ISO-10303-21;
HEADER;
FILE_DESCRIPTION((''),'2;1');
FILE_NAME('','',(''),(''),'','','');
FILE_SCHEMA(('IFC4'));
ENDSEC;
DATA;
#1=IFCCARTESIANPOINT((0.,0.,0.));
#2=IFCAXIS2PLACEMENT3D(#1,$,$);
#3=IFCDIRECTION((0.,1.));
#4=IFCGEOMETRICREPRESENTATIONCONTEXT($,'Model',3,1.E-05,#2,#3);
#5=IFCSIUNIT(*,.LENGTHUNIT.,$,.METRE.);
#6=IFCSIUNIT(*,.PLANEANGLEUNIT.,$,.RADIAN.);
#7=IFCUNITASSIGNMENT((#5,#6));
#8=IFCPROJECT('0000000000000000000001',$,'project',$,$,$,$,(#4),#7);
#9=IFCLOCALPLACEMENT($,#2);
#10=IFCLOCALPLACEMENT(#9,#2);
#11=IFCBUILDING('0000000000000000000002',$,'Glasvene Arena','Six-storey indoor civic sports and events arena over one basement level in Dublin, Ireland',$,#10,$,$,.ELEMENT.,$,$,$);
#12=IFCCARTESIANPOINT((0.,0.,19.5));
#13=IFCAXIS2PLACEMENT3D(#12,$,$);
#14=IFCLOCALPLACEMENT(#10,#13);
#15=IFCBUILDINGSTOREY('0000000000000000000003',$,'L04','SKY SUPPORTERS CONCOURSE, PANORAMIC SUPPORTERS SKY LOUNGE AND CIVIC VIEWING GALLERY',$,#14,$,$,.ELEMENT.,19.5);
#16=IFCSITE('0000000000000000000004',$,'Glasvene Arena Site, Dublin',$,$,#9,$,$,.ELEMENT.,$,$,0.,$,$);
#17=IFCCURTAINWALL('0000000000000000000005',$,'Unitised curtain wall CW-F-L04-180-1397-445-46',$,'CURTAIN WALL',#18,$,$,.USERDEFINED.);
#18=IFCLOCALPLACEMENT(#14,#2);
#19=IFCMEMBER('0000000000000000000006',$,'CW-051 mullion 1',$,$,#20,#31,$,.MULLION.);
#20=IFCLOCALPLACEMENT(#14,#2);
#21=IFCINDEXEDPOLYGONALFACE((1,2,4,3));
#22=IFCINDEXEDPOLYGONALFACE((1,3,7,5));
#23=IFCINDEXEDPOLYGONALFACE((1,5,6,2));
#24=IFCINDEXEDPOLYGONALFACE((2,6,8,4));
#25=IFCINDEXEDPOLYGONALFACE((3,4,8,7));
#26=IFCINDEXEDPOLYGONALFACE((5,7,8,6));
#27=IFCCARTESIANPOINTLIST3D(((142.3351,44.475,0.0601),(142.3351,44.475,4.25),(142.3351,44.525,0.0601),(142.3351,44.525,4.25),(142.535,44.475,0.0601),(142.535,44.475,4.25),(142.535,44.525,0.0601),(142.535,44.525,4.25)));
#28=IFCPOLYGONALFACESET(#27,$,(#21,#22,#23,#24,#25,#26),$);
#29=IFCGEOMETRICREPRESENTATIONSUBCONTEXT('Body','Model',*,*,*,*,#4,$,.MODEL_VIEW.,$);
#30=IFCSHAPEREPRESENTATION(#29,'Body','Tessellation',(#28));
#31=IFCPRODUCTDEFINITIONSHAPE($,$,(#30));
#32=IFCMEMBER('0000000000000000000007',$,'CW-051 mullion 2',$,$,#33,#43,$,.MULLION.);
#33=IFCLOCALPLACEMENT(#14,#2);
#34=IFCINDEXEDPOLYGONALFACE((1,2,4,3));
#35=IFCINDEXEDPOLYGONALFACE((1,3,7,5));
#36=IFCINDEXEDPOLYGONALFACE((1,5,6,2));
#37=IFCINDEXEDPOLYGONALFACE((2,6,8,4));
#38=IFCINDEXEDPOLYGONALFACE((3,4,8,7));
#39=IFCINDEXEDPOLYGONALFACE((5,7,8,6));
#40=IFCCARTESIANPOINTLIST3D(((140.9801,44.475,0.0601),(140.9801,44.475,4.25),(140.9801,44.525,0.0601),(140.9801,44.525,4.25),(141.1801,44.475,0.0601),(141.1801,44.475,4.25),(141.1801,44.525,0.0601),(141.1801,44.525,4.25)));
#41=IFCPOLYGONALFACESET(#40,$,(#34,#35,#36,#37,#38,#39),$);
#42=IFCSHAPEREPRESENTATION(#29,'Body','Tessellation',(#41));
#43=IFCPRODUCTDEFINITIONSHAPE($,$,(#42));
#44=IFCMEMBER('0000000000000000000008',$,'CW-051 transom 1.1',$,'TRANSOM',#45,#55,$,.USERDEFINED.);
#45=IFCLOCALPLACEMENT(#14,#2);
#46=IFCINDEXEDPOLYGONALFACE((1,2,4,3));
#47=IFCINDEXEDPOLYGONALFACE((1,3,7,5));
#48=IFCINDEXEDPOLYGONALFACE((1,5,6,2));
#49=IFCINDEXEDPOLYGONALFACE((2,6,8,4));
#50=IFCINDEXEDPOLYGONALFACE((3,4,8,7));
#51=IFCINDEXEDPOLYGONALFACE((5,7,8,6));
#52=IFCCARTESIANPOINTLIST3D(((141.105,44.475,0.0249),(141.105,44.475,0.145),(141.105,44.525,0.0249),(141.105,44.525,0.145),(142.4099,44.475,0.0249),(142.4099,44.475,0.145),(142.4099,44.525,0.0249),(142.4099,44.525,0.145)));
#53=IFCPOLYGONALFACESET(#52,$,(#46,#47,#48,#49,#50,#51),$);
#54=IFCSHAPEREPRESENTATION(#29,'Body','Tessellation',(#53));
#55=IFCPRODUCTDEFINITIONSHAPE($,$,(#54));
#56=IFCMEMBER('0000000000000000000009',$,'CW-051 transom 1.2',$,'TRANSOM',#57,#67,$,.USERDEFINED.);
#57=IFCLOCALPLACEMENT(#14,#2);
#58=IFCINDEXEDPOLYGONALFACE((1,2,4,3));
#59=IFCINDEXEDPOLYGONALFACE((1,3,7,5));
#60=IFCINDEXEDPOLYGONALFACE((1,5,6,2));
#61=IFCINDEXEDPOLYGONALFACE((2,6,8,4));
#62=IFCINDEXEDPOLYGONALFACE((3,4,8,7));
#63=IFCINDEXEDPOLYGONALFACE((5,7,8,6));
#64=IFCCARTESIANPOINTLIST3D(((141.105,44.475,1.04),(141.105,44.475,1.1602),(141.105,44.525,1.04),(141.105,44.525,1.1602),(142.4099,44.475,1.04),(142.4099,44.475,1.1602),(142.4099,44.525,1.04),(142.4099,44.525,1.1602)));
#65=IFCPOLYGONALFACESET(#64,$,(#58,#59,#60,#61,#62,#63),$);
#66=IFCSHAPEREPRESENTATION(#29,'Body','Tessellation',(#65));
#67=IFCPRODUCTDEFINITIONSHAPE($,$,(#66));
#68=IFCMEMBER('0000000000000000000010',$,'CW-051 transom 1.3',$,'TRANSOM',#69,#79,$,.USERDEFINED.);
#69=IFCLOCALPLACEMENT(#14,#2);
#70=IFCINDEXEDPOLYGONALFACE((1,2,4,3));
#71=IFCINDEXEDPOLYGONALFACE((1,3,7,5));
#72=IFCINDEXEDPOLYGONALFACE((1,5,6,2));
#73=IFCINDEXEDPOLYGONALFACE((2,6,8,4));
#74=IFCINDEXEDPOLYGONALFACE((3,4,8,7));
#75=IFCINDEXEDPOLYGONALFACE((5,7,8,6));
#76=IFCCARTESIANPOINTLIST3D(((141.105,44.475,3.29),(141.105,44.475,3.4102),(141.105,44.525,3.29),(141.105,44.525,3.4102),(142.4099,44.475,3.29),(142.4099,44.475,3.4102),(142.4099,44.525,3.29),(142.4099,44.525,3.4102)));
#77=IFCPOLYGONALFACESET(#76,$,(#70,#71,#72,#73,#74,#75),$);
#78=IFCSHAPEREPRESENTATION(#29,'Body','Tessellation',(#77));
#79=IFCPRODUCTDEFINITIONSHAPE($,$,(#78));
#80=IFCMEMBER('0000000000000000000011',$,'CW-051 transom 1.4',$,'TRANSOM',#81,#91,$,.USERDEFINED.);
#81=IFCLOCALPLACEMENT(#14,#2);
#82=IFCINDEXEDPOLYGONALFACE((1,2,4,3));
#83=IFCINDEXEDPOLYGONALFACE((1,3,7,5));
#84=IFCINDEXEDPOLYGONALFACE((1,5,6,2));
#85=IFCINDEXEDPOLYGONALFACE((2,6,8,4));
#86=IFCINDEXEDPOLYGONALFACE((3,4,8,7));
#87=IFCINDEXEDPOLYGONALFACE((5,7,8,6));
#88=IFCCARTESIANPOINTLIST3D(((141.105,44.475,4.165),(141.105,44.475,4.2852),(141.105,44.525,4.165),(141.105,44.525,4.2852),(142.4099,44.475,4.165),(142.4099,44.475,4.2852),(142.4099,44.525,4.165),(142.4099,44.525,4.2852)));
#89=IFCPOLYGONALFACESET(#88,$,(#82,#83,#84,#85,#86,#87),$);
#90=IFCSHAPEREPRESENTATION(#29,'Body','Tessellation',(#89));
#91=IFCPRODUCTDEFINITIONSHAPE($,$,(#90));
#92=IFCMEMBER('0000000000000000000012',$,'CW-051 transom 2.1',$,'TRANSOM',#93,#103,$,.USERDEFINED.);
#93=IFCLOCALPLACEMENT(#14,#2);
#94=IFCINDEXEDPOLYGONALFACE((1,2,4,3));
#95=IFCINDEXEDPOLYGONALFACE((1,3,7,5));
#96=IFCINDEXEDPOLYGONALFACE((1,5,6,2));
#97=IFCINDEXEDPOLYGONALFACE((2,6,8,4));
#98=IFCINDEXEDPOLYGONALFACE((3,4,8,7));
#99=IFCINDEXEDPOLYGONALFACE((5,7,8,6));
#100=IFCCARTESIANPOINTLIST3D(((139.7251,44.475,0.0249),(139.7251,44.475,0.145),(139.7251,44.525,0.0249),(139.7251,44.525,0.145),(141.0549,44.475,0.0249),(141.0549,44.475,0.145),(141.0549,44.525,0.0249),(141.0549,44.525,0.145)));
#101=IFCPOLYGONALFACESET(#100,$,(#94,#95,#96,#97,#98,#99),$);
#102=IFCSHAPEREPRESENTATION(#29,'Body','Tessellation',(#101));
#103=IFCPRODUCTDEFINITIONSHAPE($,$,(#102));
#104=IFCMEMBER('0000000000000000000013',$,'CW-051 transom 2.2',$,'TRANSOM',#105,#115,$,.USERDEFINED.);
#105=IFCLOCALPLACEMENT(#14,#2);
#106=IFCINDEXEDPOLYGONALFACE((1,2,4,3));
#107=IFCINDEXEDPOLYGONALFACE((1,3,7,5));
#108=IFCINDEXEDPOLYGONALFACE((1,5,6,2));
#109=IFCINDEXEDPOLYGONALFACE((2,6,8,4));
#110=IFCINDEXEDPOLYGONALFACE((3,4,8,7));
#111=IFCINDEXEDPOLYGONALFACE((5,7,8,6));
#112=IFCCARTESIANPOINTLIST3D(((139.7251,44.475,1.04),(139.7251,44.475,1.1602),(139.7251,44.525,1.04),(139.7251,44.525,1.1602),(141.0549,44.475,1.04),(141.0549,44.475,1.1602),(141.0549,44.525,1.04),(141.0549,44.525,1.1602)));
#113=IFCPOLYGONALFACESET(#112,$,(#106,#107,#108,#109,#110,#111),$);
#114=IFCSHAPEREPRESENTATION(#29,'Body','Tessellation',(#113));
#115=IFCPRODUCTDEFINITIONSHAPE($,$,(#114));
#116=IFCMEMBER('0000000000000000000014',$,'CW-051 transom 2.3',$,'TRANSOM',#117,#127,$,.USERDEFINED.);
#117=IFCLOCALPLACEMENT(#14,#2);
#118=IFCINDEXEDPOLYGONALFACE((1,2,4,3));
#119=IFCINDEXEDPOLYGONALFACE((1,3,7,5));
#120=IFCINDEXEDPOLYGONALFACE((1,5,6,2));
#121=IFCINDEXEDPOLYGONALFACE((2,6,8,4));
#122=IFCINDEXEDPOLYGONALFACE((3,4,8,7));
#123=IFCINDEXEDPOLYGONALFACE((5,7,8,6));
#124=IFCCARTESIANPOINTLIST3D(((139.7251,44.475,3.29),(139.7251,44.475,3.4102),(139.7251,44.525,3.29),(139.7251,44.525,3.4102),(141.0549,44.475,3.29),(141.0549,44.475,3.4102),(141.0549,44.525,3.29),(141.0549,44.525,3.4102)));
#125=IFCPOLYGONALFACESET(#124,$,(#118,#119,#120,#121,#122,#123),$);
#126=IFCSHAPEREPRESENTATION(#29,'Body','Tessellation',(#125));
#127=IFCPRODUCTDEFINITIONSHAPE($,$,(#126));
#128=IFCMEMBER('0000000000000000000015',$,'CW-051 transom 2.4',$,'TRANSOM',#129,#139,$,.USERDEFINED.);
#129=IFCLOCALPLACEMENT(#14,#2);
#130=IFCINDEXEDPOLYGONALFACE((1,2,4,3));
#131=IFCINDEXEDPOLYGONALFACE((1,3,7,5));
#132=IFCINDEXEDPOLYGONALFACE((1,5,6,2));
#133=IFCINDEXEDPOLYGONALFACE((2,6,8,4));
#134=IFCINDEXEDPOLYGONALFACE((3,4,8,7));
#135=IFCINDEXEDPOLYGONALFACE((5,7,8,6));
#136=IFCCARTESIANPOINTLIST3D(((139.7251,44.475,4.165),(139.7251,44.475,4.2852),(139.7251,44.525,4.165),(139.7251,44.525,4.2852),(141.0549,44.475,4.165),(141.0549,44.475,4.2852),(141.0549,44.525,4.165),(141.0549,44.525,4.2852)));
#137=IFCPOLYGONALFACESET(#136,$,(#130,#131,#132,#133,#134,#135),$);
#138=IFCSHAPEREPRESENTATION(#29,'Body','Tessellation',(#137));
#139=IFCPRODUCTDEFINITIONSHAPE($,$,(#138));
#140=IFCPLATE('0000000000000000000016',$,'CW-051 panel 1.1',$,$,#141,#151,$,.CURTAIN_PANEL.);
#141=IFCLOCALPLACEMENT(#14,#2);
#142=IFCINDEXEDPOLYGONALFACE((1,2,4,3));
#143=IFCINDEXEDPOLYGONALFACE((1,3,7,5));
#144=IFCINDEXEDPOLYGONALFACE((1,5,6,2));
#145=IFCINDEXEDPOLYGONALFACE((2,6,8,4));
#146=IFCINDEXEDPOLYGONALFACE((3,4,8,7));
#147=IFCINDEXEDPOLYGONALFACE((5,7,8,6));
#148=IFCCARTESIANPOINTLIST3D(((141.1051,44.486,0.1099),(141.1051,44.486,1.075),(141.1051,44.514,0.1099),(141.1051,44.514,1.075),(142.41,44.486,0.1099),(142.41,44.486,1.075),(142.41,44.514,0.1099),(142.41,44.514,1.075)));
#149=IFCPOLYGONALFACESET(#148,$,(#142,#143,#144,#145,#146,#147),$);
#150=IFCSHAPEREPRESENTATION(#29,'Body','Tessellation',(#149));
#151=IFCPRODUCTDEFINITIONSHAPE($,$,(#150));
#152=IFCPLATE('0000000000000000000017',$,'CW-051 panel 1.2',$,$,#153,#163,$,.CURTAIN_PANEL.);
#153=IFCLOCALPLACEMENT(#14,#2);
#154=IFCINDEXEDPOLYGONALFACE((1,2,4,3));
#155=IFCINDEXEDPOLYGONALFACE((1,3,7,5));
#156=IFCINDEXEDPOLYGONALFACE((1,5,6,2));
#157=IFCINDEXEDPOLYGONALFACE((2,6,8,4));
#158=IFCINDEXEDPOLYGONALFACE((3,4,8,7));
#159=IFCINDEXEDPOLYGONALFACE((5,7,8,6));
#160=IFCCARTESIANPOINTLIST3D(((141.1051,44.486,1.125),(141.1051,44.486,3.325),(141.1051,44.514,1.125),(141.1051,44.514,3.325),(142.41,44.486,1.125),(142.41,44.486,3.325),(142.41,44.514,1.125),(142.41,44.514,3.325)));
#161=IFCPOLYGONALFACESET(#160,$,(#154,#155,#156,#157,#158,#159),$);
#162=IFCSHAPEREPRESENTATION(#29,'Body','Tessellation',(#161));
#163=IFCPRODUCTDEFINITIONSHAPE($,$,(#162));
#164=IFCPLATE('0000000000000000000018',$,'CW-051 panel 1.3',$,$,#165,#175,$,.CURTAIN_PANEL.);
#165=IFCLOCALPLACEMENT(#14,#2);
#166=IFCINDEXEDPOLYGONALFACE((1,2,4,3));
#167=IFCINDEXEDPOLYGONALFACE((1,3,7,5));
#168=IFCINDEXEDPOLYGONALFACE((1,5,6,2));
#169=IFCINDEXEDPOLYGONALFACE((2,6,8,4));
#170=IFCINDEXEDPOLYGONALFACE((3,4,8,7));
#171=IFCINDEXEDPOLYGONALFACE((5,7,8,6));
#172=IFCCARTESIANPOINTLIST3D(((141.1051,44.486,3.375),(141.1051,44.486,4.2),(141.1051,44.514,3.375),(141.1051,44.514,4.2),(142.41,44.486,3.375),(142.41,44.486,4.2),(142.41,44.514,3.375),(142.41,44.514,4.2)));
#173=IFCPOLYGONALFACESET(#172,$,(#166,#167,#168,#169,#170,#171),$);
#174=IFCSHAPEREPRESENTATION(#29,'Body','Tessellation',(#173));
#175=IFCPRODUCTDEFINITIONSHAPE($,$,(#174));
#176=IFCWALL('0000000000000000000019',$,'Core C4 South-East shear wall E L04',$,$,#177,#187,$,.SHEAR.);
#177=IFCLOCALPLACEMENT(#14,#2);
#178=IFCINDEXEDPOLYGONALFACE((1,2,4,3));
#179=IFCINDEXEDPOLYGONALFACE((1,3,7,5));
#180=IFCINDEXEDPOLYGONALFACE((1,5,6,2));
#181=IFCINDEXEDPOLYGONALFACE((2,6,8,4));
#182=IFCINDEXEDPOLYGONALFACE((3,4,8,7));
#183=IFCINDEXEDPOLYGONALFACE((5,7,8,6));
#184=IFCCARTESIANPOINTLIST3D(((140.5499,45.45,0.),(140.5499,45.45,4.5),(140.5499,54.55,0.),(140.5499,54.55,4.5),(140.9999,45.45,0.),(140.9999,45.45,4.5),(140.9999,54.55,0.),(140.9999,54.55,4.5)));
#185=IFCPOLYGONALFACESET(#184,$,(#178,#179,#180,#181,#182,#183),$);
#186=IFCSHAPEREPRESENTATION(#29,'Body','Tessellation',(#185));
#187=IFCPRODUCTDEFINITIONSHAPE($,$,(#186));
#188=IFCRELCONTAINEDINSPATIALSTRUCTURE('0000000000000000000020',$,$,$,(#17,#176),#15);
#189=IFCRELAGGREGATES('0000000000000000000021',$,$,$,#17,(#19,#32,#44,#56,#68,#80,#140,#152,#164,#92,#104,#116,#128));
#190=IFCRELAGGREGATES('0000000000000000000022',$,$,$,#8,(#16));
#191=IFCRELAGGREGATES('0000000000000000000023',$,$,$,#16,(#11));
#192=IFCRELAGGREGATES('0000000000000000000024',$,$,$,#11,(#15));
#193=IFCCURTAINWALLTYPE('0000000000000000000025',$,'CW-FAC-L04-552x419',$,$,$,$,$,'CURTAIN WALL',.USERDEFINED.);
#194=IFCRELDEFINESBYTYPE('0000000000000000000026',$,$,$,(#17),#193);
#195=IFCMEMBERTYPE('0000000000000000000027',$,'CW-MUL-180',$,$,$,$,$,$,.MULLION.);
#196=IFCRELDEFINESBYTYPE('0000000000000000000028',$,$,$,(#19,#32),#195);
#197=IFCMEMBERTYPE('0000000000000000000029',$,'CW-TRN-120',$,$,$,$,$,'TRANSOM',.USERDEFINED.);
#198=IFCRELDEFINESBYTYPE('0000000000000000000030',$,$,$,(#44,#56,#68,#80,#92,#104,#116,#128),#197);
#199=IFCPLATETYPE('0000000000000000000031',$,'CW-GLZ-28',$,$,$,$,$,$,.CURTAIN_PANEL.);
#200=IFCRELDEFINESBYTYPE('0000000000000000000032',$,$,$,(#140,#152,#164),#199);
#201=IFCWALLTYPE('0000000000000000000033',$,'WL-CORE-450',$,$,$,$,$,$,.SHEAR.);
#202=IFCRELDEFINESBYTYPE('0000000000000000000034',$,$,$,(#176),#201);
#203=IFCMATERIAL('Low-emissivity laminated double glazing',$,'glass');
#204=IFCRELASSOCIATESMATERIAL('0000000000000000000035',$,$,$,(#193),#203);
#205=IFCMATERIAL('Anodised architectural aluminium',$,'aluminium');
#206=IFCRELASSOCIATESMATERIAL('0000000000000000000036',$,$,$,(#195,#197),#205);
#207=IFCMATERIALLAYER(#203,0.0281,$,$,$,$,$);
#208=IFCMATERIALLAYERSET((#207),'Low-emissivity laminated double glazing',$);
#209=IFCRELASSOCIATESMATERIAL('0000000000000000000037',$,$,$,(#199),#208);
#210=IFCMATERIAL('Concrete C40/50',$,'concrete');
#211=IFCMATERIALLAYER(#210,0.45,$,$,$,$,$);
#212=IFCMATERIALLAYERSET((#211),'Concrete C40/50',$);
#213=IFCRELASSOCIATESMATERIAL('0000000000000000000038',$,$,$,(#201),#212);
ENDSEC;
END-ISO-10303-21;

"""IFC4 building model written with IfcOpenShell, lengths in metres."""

from ifc_helpers import new_model, si_unit, direction, frame, frame_2d, origin, origin_2d, place, context, subcontext, project, spatial, rectangle, extrude, material, layer, layer_set, material_profile, profile_set, type_object, element, aggregate, save


model = new_model("IFC4")

# Units and contexts
model_context = context("Model", 3, precision=1e-05, world=origin(), true_north=direction((0.0, 1.0)))
body_context = subcontext(model_context, "Body", "Model", "MODEL_VIEW")
ifc_project = project(units=[si_unit("LENGTHUNIT", "METRE"), si_unit("PLANEANGLEUNIT", "RADIAN")], contexts=[model_context])

# Site, building, storey
site_placement = place(None, origin())
site = spatial("IfcSite", under=ifc_project, at=site_placement, Name="Glasvene Arena Site, Dublin", CompositionType="ELEMENT", RefElevation=0.0)
building_placement = place(site_placement, origin())
building = spatial("IfcBuilding", under=site, at=building_placement, Name="Glasvene Arena", Description="Six-storey indoor civic sports and events arena over one basement level in Dublin, Ireland", CompositionType="ELEMENT")
storey_placement = place(building_placement, frame((0.0, 0.0, 19.5)))
storey = spatial("IfcBuildingStorey", under=building, at=storey_placement, Name="L04", Description="SKY SUPPORTERS CONCOURSE, PANORAMIC SUPPORTERS SKY LOUNGE AND CIVIC VIEWING GALLERY", CompositionType="ELEMENT", Elevation=19.5)

# Curtain wall, members, plates
ifc_material_1 = material(Name="Low-emissivity laminated double glazing", Category="glass")
curtain_wall_type = type_object("IfcCurtainWallType", Name="CW-FAC-L04-552x419", ElementType="CURTAIN WALL", PredefinedType="USERDEFINED", material=ifc_material_1)
curtain_wall_placement = place(storey_placement, frame((142.46, 44.5, 0.0)))
curtain_wall = element("IfcCurtainWall", 1, at=curtain_wall_placement, inside=storey, type_object=curtain_wall_type, Name="Unitised curtain wall CW-F-L04-180-1397-445-46", ObjectType="CURTAIN WALL", PredefinedType="USERDEFINED")
ifc_material_2 = material(Name="Anodised architectural aluminium", Category="aluminium")
ifc_material_profile_1 = material_profile(ifc_material_2, rectangle(XDim=0.05, YDim=0.2, at=origin_2d()), Name="ALU MULLION 50x200")
ifc_profile_set_1 = profile_set([ifc_material_profile_1], Name="Anodised architectural aluminium")
member_type_1 = type_object("IfcMemberType", Name="CW-MUL-180", PredefinedType="MULLION", material=ifc_profile_set_1)
member_1_placement = place(storey_placement, frame((142.4351, 44.5, 0.0601), z_axis=(0.0, 0.0, 1.0), x_axis=(0.0, -1.0, 0.0)))
member_1 = element("IfcMember", 2, at=member_1_placement, type_object=member_type_1, Name="CW-051 mullion 1", PredefinedType="MULLION", context=body_context, shape_type="SweptSolid", body=[
    extrude(rectangle(XDim=0.05, YDim=0.2, at=origin_2d()), origin(), (0.0, 0.0, 1.0), 4.1899),
])
member_2_placement = place(storey_placement, frame((141.0801, 44.5, 0.0601), z_axis=(0.0, 0.0, 1.0), x_axis=(0.0, -1.0, 0.0)))
member_2 = element("IfcMember", 3, at=member_2_placement, type_object=member_type_1, Name="CW-051 mullion 2", PredefinedType="MULLION", context=body_context, shape_type="SweptSolid", body=[
    extrude(rectangle(XDim=0.05, YDim=0.2, at=origin_2d()), origin(), (0.0, 0.0, 1.0), 4.1899),
])
ifc_material_profile_2 = material_profile(ifc_material_2, rectangle(XDim=0.05, YDim=0.1201, at=origin_2d()), Name="ALU TRANSOM 50x120")
ifc_profile_set_2 = profile_set([ifc_material_profile_2], Name="Anodised architectural aluminium")
member_type_2 = type_object("IfcMemberType", Name="CW-TRN-120", ElementType="TRANSOM", PredefinedType="USERDEFINED", material=ifc_profile_set_2)
member_3_placement = place(storey_placement, frame((142.4099, 44.5, 0.085), z_axis=(-1.0, 0.0, 0.0), x_axis=(0.0, -1.0, 0.0)))
member_3 = element("IfcMember", 4, at=member_3_placement, type_object=member_type_2, Name="CW-051 transom 1.1", ObjectType="TRANSOM", PredefinedType="USERDEFINED", context=body_context, shape_type="SweptSolid", body=[
    extrude(rectangle(XDim=0.05, YDim=0.1201, at=origin_2d()), origin(), (0.0, 0.0, 1.0), 1.3049),
])
member_4_placement = place(storey_placement, frame((142.4099, 44.5, 1.1001), z_axis=(-1.0, 0.0, 0.0), x_axis=(0.0, -1.0, 0.0)))
member_4 = element("IfcMember", 5, at=member_4_placement, type_object=member_type_2, Name="CW-051 transom 1.2", ObjectType="TRANSOM", PredefinedType="USERDEFINED", context=body_context, shape_type="SweptSolid", body=[
    extrude(rectangle(XDim=0.05, YDim=0.1201, at=origin_2d()), origin(), (0.0, 0.0, 1.0), 1.3049),
])
member_5_placement = place(storey_placement, frame((142.4099, 44.5, 3.3501), z_axis=(-1.0, 0.0, 0.0), x_axis=(0.0, -1.0, 0.0)))
member_5 = element("IfcMember", 6, at=member_5_placement, type_object=member_type_2, Name="CW-051 transom 1.3", ObjectType="TRANSOM", PredefinedType="USERDEFINED", context=body_context, shape_type="SweptSolid", body=[
    extrude(rectangle(XDim=0.05, YDim=0.1201, at=origin_2d()), origin(), (0.0, 0.0, 1.0), 1.3049),
])
member_6_placement = place(storey_placement, frame((142.4099, 44.5, 4.2251), z_axis=(-1.0, 0.0, 0.0), x_axis=(0.0, -1.0, 0.0)))
member_6 = element("IfcMember", 7, at=member_6_placement, type_object=member_type_2, Name="CW-051 transom 1.4", ObjectType="TRANSOM", PredefinedType="USERDEFINED", context=body_context, shape_type="SweptSolid", body=[
    extrude(rectangle(XDim=0.05, YDim=0.1201, at=origin_2d()), origin(), (0.0, 0.0, 1.0), 1.3049),
])
member_7_placement = place(storey_placement, frame((141.0549, 44.5, 0.085), z_axis=(-1.0, 0.0, 0.0), x_axis=(0.0, -1.0, 0.0)))
member_7 = element("IfcMember", 8, at=member_7_placement, type_object=member_type_2, Name="CW-051 transom 2.1", ObjectType="TRANSOM", PredefinedType="USERDEFINED", context=body_context, shape_type="SweptSolid", body=[
    extrude(rectangle(XDim=0.05, YDim=0.1201, at=origin_2d()), origin(), (0.0, 0.0, 1.0), 1.3298),
])
member_8_placement = place(storey_placement, frame((141.0549, 44.5, 1.1001), z_axis=(-1.0, 0.0, 0.0), x_axis=(0.0, -1.0, 0.0)))
member_8 = element("IfcMember", 9, at=member_8_placement, type_object=member_type_2, Name="CW-051 transom 2.2", ObjectType="TRANSOM", PredefinedType="USERDEFINED", context=body_context, shape_type="SweptSolid", body=[
    extrude(rectangle(XDim=0.05, YDim=0.1201, at=origin_2d()), origin(), (0.0, 0.0, 1.0), 1.3298),
])
member_9_placement = place(storey_placement, frame((141.0549, 44.5, 3.3501), z_axis=(-1.0, 0.0, 0.0), x_axis=(0.0, -1.0, 0.0)))
member_9 = element("IfcMember", 10, at=member_9_placement, type_object=member_type_2, Name="CW-051 transom 2.3", ObjectType="TRANSOM", PredefinedType="USERDEFINED", context=body_context, shape_type="SweptSolid", body=[
    extrude(rectangle(XDim=0.05, YDim=0.1201, at=origin_2d()), origin(), (0.0, 0.0, 1.0), 1.3298),
])
member_10_placement = place(storey_placement, frame((141.0549, 44.5, 4.2251), z_axis=(-1.0, 0.0, 0.0), x_axis=(0.0, -1.0, 0.0)))
member_10 = element("IfcMember", 11, at=member_10_placement, type_object=member_type_2, Name="CW-051 transom 2.4", ObjectType="TRANSOM", PredefinedType="USERDEFINED", context=body_context, shape_type="SweptSolid", body=[
    extrude(rectangle(XDim=0.05, YDim=0.1201, at=origin_2d()), origin(), (0.0, 0.0, 1.0), 1.3298),
])
ifc_layer_1 = layer(ifc_material_1, 0.0281)
ifc_layer_set_1 = layer_set([ifc_layer_1], Name="Low-emissivity laminated double glazing")
plate_type = type_object("IfcPlateType", Name="CW-GLZ-28", PredefinedType="CURTAIN_PANEL", material=ifc_layer_set_1)
plate_1_placement = place(storey_placement, frame((141.7576, 44.5, 0.1099), z_axis=(0.0, 0.0, 1.0), x_axis=(-1.0, 0.0, 0.0)))
plate_1 = element("IfcPlate", 12, at=plate_1_placement, type_object=plate_type, Name="CW-051 panel 1.1", PredefinedType="CURTAIN_PANEL", context=body_context, shape_type="SweptSolid", body=[
    extrude(rectangle(XDim=1.3049, YDim=0.0281, at=origin_2d()), origin(), (0.0, 0.0, 1.0), 0.9651),
])
plate_2_placement = place(storey_placement, frame((141.7576, 44.5, 1.125), z_axis=(0.0, 0.0, 1.0), x_axis=(-1.0, 0.0, 0.0)))
plate_2 = element("IfcPlate", 13, at=plate_2_placement, type_object=plate_type, Name="CW-051 panel 1.2", PredefinedType="CURTAIN_PANEL", context=body_context, shape_type="SweptSolid", body=[
    extrude(rectangle(XDim=1.3049, YDim=0.0281, at=origin_2d()), origin(), (0.0, 0.0, 1.0), 2.2),
])
plate_3_placement = place(storey_placement, frame((141.7576, 44.5, 3.375), z_axis=(0.0, 0.0, 1.0), x_axis=(-1.0, 0.0, 0.0)))
plate_3 = element("IfcPlate", 14, at=plate_3_placement, type_object=plate_type, Name="CW-051 panel 1.3", PredefinedType="CURTAIN_PANEL", context=body_context, shape_type="SweptSolid", body=[
    extrude(rectangle(XDim=1.3049, YDim=0.0281, at=origin_2d()), origin(), (0.0, 0.0, 1.0), 0.825),
])
aggregate(curtain_wall, [member_1, member_2, member_3, member_4, member_5, member_6, plate_1, plate_2, plate_3, member_7, member_8, member_9, member_10])

# Wall
ifc_material_3 = material(Name="Concrete C40/50", Category="concrete")
ifc_layer_2 = layer(ifc_material_3, 0.45)
ifc_layer_set_2 = layer_set([ifc_layer_2], Name="Concrete C40/50")
wall_type_1 = type_object("IfcWallType", Name="WL-CORE-450", PredefinedType="SHEAR", material=ifc_layer_set_2)
wall_1_placement = place(storey_placement, frame((140.7749, 45.45, 0.0), z_axis=(0.0, 0.0, 1.0), x_axis=(0.0, 1.0, 0.0)))
element("IfcWall", 15, at=wall_1_placement, inside=storey, type_object=wall_type_1, Name="Core C4 South-East shear wall E L04", PredefinedType="SHEAR", context=body_context, shape_type="SweptSolid", body=[
    extrude(rectangle(XDim=9.1001, YDim=0.45, at=frame_2d((4.55, 0.0))), origin(), (0.0, 0.0, 1.0), 4.5),
])

save(model, "model.ifc")
